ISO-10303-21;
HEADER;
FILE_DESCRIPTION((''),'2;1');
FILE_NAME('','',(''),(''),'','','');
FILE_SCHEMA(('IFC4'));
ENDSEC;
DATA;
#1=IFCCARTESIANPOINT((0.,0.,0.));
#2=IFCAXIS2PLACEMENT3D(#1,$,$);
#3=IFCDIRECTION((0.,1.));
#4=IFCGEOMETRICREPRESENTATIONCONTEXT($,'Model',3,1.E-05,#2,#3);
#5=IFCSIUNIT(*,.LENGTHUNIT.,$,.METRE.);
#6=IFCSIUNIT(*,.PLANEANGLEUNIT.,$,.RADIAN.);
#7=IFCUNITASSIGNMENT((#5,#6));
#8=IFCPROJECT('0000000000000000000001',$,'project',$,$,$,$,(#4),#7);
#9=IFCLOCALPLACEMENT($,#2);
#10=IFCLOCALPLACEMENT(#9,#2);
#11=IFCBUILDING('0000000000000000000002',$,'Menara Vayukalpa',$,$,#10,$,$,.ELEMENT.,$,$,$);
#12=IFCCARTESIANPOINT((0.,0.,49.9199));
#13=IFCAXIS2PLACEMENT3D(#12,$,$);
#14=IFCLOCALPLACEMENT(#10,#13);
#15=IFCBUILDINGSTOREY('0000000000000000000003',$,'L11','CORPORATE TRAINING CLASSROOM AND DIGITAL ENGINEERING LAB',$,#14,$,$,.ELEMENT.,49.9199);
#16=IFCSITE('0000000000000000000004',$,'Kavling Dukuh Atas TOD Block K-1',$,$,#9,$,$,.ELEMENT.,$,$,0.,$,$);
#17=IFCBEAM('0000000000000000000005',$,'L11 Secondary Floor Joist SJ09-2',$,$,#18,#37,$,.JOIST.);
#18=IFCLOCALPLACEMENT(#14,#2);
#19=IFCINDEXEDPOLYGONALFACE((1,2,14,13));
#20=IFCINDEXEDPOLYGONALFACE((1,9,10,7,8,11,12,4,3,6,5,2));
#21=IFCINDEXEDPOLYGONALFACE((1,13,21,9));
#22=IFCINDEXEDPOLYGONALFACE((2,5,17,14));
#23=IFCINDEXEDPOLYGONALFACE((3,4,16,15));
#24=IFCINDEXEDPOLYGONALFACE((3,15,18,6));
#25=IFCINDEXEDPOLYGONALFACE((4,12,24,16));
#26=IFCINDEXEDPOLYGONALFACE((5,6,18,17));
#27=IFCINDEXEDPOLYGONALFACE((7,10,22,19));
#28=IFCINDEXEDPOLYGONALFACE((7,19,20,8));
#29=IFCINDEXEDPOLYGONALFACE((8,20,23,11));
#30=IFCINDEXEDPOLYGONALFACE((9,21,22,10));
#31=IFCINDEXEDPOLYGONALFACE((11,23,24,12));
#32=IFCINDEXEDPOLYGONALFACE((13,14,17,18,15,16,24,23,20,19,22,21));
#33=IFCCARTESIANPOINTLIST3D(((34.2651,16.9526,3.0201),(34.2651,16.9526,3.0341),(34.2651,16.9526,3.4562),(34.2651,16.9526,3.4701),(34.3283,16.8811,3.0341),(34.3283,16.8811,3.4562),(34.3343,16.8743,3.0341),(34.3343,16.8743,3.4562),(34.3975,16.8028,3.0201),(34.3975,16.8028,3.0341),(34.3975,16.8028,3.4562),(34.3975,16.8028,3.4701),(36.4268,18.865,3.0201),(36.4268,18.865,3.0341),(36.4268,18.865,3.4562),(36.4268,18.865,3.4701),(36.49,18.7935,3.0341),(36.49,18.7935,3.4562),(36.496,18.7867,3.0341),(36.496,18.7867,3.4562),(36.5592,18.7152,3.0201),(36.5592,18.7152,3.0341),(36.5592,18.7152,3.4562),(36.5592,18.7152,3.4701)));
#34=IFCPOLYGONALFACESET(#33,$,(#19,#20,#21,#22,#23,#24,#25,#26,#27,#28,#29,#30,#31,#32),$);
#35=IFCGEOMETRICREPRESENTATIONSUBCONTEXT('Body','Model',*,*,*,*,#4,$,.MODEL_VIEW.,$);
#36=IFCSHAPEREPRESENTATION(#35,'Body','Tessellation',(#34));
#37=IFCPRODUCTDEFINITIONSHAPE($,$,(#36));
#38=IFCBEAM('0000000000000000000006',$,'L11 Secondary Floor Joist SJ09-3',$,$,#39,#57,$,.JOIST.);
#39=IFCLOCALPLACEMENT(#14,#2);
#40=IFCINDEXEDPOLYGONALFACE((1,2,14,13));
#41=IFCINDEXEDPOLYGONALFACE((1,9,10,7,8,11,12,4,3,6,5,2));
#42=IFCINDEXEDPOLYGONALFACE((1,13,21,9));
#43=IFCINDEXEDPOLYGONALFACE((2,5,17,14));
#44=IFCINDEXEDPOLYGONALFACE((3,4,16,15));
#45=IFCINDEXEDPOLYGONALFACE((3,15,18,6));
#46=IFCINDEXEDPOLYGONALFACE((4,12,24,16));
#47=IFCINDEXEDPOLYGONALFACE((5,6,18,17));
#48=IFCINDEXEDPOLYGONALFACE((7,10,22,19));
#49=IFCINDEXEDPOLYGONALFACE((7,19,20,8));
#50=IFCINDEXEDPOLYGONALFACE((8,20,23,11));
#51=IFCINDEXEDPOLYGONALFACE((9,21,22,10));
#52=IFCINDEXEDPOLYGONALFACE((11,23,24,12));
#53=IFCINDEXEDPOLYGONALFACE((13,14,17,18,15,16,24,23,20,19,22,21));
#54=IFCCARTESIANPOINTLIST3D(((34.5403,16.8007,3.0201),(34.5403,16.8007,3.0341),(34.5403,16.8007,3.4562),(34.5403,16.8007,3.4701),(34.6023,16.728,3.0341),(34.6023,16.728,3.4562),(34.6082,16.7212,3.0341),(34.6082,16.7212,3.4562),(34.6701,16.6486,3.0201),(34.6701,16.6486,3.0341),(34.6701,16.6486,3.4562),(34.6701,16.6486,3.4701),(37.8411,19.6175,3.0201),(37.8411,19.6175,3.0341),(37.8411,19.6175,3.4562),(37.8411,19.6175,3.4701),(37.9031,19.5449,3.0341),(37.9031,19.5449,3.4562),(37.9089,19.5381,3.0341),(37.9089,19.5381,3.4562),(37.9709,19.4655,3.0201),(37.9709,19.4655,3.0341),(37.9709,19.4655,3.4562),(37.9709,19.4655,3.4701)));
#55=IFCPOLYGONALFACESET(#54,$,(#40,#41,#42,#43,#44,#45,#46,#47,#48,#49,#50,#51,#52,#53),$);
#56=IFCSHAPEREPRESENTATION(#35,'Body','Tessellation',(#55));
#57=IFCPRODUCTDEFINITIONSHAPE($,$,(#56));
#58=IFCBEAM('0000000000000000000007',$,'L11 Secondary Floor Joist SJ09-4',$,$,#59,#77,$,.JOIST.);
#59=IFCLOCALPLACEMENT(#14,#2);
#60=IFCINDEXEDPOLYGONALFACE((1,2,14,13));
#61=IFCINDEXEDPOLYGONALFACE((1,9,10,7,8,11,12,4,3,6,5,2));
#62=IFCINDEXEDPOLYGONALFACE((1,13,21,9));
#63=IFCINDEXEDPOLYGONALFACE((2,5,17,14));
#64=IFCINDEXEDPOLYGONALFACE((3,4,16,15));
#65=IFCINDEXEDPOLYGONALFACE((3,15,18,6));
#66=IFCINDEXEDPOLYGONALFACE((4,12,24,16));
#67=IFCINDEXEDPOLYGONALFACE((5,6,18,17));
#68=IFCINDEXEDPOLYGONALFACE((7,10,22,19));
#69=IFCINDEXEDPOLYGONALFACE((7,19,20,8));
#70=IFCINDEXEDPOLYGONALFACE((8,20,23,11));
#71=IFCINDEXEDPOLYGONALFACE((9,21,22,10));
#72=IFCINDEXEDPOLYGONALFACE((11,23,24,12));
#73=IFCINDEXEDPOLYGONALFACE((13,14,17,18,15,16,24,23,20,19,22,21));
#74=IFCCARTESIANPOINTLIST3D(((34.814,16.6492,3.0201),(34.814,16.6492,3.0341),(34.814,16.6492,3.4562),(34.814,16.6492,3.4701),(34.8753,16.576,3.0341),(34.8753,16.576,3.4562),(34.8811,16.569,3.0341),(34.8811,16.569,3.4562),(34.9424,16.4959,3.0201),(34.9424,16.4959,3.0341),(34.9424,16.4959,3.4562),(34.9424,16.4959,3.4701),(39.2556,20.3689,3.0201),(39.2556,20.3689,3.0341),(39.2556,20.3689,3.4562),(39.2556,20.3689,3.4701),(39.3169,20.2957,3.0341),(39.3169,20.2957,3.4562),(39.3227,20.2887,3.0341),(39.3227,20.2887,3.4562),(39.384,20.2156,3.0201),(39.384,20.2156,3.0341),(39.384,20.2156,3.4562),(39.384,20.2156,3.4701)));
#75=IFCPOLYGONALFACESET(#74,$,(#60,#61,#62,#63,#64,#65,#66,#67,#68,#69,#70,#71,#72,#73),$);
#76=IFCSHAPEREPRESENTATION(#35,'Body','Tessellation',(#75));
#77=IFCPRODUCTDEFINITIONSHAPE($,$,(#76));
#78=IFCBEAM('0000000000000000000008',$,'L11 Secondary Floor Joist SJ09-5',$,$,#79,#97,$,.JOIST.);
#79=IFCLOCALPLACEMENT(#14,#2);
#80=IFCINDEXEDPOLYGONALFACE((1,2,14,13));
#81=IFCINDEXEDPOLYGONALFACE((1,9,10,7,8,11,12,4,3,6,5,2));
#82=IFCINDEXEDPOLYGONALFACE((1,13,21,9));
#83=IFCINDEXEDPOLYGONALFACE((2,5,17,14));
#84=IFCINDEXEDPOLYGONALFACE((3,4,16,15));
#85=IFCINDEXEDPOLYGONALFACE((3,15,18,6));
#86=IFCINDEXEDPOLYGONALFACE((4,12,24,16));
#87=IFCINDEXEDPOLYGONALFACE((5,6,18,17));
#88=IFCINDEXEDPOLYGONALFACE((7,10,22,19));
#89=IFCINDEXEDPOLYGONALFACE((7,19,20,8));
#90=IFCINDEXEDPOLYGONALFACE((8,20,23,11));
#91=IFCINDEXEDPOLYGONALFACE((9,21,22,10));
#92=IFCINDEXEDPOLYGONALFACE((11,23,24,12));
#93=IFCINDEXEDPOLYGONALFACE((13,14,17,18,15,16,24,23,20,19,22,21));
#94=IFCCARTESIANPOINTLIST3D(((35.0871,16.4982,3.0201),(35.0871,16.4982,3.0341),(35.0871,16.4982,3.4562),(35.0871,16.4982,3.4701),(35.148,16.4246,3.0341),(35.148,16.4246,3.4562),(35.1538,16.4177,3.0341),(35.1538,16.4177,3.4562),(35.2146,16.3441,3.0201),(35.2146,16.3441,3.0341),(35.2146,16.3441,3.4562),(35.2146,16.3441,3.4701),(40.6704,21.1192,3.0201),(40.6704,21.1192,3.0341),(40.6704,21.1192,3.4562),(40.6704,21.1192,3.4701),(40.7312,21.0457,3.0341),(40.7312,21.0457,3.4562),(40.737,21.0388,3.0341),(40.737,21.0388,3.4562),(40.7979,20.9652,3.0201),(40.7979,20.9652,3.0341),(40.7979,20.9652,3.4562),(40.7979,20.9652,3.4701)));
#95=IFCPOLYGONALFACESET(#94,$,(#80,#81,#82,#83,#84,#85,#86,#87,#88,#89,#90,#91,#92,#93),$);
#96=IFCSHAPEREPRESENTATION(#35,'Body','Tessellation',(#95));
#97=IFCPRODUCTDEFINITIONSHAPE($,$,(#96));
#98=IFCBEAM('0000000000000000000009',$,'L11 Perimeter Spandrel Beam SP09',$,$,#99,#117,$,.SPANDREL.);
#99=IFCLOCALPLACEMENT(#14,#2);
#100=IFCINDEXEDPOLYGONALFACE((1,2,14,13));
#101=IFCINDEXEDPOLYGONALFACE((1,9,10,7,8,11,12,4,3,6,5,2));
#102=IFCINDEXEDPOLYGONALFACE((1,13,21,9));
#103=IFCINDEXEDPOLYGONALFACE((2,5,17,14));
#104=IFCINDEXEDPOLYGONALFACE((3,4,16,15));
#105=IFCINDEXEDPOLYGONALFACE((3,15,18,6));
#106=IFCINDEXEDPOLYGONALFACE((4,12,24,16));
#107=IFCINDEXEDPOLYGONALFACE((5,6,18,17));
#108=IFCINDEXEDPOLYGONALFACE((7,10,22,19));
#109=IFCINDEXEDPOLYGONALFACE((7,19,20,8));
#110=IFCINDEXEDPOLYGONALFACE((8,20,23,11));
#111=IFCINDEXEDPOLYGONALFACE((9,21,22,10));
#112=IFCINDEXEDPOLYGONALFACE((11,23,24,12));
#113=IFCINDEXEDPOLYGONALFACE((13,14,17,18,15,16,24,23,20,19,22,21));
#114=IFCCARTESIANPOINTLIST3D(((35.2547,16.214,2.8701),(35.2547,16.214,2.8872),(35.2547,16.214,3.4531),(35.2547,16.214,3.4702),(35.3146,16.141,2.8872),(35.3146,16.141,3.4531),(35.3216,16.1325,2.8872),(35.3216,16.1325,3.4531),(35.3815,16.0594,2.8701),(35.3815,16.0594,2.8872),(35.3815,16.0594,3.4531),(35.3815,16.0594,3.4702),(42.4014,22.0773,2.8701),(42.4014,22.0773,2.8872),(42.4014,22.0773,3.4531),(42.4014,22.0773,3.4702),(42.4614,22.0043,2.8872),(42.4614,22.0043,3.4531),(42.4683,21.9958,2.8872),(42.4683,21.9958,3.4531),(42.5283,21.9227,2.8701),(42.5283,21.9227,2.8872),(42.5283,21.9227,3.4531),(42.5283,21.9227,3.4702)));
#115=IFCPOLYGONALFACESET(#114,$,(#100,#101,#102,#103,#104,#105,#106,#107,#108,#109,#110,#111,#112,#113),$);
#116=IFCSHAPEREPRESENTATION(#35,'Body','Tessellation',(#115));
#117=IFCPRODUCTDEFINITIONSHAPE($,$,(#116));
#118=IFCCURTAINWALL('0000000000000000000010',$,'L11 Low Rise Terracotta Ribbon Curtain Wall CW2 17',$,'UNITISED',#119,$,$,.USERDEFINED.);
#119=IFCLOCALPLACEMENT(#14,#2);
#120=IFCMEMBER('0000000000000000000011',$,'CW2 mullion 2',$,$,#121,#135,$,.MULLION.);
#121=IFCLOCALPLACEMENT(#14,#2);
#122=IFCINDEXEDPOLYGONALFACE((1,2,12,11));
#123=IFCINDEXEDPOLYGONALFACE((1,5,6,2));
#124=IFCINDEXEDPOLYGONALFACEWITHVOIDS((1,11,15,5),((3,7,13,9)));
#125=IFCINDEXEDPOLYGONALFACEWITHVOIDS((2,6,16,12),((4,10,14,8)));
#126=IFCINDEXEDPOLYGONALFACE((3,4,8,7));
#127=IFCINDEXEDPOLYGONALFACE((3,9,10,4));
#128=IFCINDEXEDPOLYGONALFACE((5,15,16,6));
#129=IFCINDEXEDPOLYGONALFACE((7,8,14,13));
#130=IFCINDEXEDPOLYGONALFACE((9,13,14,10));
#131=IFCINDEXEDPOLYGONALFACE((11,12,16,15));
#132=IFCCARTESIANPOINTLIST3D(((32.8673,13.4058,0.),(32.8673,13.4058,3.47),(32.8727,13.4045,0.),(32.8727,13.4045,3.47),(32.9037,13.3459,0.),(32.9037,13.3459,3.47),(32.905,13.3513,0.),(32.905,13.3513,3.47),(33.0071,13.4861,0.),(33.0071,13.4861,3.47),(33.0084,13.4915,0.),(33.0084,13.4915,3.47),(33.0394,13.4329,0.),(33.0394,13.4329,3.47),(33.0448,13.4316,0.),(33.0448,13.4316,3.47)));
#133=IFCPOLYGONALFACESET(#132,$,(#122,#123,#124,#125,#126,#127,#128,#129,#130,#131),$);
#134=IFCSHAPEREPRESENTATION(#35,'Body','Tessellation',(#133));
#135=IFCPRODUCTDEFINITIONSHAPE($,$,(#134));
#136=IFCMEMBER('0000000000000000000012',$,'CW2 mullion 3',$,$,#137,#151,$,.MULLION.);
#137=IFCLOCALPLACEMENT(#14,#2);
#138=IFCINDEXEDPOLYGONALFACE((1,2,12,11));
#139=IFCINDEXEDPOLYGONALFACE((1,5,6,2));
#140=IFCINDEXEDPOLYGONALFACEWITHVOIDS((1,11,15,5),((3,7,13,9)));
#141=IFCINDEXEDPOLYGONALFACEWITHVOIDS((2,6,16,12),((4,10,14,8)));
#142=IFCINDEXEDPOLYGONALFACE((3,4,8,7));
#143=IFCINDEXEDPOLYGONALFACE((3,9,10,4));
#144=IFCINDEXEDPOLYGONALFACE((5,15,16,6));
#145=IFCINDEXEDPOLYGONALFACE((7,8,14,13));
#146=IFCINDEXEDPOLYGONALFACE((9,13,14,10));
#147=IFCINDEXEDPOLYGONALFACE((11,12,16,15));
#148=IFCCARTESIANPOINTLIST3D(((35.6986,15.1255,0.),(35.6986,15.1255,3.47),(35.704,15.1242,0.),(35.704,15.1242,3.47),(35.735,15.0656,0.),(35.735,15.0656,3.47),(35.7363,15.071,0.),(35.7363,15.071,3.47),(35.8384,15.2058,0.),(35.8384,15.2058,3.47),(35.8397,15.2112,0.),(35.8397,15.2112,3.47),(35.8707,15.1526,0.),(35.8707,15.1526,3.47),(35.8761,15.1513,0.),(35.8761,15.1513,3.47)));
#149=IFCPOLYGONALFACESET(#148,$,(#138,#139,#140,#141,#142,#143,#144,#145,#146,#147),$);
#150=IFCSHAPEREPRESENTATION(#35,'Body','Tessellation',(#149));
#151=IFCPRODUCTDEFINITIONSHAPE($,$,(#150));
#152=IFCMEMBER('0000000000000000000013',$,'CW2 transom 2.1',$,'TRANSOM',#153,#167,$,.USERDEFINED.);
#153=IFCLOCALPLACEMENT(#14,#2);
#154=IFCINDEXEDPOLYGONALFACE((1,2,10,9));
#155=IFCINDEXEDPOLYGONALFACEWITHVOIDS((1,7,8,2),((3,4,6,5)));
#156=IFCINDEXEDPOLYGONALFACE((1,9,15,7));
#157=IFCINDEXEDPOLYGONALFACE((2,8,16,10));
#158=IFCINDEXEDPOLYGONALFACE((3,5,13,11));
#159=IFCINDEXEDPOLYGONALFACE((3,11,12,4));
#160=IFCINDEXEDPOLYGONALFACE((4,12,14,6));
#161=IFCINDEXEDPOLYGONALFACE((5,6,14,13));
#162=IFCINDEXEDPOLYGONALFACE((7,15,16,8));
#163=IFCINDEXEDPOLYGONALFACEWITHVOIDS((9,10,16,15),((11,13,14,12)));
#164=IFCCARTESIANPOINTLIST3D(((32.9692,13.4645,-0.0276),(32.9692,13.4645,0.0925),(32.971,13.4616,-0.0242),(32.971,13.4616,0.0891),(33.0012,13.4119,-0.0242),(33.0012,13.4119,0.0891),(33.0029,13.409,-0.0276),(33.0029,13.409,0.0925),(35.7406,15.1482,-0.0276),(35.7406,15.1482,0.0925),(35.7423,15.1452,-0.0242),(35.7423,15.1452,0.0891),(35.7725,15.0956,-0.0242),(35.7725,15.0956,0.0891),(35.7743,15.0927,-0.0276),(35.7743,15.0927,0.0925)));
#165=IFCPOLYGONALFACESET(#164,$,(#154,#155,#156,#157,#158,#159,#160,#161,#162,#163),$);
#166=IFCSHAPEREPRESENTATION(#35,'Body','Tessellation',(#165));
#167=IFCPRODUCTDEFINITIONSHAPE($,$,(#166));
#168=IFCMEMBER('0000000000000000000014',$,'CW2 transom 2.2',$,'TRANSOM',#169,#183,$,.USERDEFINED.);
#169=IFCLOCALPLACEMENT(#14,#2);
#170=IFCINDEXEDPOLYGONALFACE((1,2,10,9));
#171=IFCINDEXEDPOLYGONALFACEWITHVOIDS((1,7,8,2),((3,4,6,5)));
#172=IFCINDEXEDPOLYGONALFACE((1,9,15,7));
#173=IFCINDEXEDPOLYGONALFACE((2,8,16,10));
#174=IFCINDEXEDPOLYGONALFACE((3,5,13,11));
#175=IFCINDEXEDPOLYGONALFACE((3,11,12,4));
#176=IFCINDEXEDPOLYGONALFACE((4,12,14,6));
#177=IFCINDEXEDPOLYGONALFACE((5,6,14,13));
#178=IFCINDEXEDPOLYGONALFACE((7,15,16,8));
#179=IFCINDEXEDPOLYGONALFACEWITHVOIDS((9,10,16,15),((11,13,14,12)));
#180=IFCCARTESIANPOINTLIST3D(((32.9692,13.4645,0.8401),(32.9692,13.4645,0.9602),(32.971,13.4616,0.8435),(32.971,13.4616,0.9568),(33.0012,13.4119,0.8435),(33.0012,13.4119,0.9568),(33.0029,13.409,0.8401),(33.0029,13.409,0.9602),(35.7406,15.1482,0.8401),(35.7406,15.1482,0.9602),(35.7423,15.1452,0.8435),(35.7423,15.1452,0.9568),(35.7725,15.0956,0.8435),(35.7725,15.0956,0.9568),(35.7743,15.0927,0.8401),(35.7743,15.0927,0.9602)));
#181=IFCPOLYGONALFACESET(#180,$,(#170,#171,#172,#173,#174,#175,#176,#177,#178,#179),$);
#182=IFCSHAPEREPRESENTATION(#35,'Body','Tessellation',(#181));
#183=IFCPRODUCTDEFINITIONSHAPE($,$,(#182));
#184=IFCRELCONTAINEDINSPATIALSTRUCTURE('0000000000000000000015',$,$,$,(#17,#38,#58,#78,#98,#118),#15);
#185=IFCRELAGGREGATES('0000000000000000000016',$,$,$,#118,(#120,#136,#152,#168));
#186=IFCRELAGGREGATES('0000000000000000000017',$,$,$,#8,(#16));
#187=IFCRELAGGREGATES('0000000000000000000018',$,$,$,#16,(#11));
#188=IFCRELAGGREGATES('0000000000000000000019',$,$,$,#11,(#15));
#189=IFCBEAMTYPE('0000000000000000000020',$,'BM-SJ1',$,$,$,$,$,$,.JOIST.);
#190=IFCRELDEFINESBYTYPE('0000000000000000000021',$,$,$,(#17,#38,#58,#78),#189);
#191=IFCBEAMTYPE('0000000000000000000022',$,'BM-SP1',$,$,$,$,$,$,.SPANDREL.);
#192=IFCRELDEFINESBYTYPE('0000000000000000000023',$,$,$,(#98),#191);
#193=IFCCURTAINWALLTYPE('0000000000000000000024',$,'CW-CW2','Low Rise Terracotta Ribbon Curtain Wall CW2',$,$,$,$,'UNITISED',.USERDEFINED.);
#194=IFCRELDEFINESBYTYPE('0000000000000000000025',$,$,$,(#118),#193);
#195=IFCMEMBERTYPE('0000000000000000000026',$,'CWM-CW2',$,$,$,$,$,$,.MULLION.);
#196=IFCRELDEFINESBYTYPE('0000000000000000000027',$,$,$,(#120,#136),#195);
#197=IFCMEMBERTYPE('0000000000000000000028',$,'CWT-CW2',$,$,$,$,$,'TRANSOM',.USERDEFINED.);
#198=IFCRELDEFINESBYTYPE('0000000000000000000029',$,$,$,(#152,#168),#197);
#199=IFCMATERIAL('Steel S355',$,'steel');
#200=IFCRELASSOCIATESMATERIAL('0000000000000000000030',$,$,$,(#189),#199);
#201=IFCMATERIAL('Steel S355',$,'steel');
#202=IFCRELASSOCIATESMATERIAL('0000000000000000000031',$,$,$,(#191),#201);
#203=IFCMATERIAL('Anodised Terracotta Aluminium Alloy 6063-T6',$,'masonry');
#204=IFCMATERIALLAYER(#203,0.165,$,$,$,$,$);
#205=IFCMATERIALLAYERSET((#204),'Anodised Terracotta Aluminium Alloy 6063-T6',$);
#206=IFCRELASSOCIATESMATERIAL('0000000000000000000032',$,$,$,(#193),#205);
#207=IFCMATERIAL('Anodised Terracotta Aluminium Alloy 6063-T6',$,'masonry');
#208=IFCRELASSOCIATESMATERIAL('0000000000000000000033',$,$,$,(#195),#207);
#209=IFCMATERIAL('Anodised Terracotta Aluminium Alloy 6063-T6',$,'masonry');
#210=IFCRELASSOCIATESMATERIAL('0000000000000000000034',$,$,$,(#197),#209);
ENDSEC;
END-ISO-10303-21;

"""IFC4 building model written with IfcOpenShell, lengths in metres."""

from ifc_helpers import new_model, si_unit, direction, frame, origin, origin_2d, place, context, subcontext, project, spatial, hollow_rectangle, i_section, extrude, material, layer, layer_set, material_profile, profile_set, type_object, element, aggregate, save


model = new_model("IFC4")

# Units and contexts
model_context = context("Model", 3, precision=1e-05, world=origin(), true_north=direction((0.0, 1.0)))
body_context = subcontext(model_context, "Body", "Model", "MODEL_VIEW")
ifc_project = project(units=[si_unit("LENGTHUNIT", "METRE"), si_unit("PLANEANGLEUNIT", "RADIAN")], contexts=[model_context])

# Site, building, storey
site_placement = place(None, origin())
site = spatial("IfcSite", under=ifc_project, at=site_placement, Name="Kavling Dukuh Atas TOD Block K-1", CompositionType="ELEMENT", RefElevation=0.0)
building_placement = place(site_placement, origin())
building = spatial("IfcBuilding", under=site, at=building_placement, Name="Menara Vayukalpa", CompositionType="ELEMENT")
storey_placement = place(building_placement, frame((0.0, 0.0, 49.9199)))
storey = spatial("IfcBuildingStorey", under=building, at=storey_placement, Name="L11", Description="CORPORATE TRAINING CLASSROOM AND DIGITAL ENGINEERING LAB", CompositionType="ELEMENT", Elevation=49.9199)

# Beams
ifc_material_1 = material(Name="Steel S355", Category="steel")
ifc_material_profile_1 = material_profile(ifc_material_1, i_section(OverallWidth=0.2, OverallDepth=0.45, WebThickness=0.009, FlangeThickness=0.0139, at=origin_2d()), Name="WF 450x200x9x14")
ifc_profile_set_1 = profile_set([ifc_material_profile_1], Name="Steel S355")
beam_type_1 = type_object("IfcBeamType", Name="BM-SJ1", PredefinedType="JOIST", material=ifc_profile_set_1)
beam_1_placement = place(storey_placement, frame((34.3313, 16.8777, 3.2451), z_axis=(0.748971, 0.662603, 0.0), x_axis=(-0.662603, 0.748971, 0.0)))
element("IfcBeam", 1, at=beam_1_placement, inside=storey, type_object=beam_type_1, Name="L11 Secondary Floor Joist SJ09-2", PredefinedType="JOIST", context=body_context, shape_type="SweptSolid", body=[
    extrude(i_section(OverallWidth=0.2, OverallDepth=0.45, WebThickness=0.009, FlangeThickness=0.0139, at=origin_2d()), origin(), (0.0, 0.0, 1.0), 2.8862),
])
beam_2_placement = place(storey_placement, frame((34.6052, 16.7246, 3.2451), z_axis=(0.760661, 0.64915, 0.0), x_axis=(-0.64915, 0.760661, 0.0)))
element("IfcBeam", 2, at=beam_2_placement, inside=storey, type_object=beam_type_1, Name="L11 Secondary Floor Joist SJ09-3", PredefinedType="JOIST", context=body_context, shape_type="SweptSolid", body=[
    extrude(i_section(OverallWidth=0.2, OverallDepth=0.45, WebThickness=0.009, FlangeThickness=0.0139, at=origin_2d()), origin(), (0.0, 0.0, 1.0), 4.3394),
])
beam_3_placement = place(storey_placement, frame((34.8782, 16.5725, 3.2451), z_axis=(0.766661, 0.642052, 0.0), x_axis=(-0.642052, 0.766661, 0.0)))
element("IfcBeam", 3, at=beam_3_placement, inside=storey, type_object=beam_type_1, Name="L11 Secondary Floor Joist SJ09-4", PredefinedType="JOIST", context=body_context, shape_type="SweptSolid", body=[
    extrude(i_section(OverallWidth=0.2, OverallDepth=0.45, WebThickness=0.009, FlangeThickness=0.0139, at=origin_2d()), origin(), (0.0, 0.0, 1.0), 5.7935),
])
beam_4_placement = place(storey_placement, frame((35.1509, 16.4211, 3.2451), z_axis=(0.770362, 0.637606, 0.0), x_axis=(-0.637606, 0.770362, 0.0)))
element("IfcBeam", 4, at=beam_4_placement, inside=storey, type_object=beam_type_1, Name="L11 Secondary Floor Joist SJ09-5", PredefinedType="JOIST", context=body_context, shape_type="SweptSolid", body=[
    extrude(i_section(OverallWidth=0.2, OverallDepth=0.45, WebThickness=0.009, FlangeThickness=0.0139, at=origin_2d()), origin(), (0.0, 0.0, 1.0), 7.2476),
])
ifc_material_2 = material(Name="Steel S355", Category="steel")
ifc_material_profile_2 = material_profile(ifc_material_2, i_section(OverallWidth=0.2, OverallDepth=0.6001, WebThickness=0.011, FlangeThickness=0.0171, at=origin_2d()), Name="WF 600x200x11x17")
ifc_profile_set_2 = profile_set([ifc_material_profile_2], Name="Steel S355")
beam_type_2 = type_object("IfcBeamType", Name="BM-SP1", PredefinedType="SPANDREL", material=ifc_profile_set_2)
beam_5_placement = place(storey_placement, frame((35.3181, 16.1367, 3.1702), z_axis=(0.773111, 0.634271, 0.0), x_axis=(-0.634271, 0.773111, 0.0)))
element("IfcBeam", 5, at=beam_5_placement, inside=storey, type_object=beam_type_2, Name="L11 Perimeter Spandrel Beam SP09", PredefinedType="SPANDREL", context=body_context, shape_type="SweptSolid", body=[
    extrude(i_section(OverallWidth=0.2, OverallDepth=0.6001, WebThickness=0.011, FlangeThickness=0.0171, at=origin_2d()), origin(), (0.0, 0.0, 1.0), 9.2441),
])

# Curtain wall, members
ifc_material_3 = material(Name="Anodised Terracotta Aluminium Alloy 6063-T6", Category="masonry")
ifc_layer_1 = layer(ifc_material_3, 0.165)
ifc_layer_set_1 = layer_set([ifc_layer_1], Name="Anodised Terracotta Aluminium Alloy 6063-T6")
curtain_wall_type = type_object("IfcCurtainWallType", Name="CW-CW2", Description="Low Rise Terracotta Ribbon Curtain Wall CW2", ElementType="UNITISED", PredefinedType="USERDEFINED", material=ifc_layer_set_1)
curtain_wall_placement = place(storey_placement, origin())
curtain_wall = element("IfcCurtainWall", 6, at=curtain_wall_placement, inside=storey, type_object=curtain_wall_type, Name="L11 Low Rise Terracotta Ribbon Curtain Wall CW2 17", ObjectType="UNITISED", PredefinedType="USERDEFINED")
ifc_material_4 = material(Name="Anodised Terracotta Aluminium Alloy 6063-T6", Category="masonry")
ifc_material_profile_3 = material_profile(ifc_material_4, hollow_rectangle(XDim=0.0701, YDim=0.165, WallThickness=0.0039, at=origin_2d()), Name="ALU 70x165x4")
ifc_profile_set_3 = profile_set([ifc_material_profile_3], Name="Anodised Terracotta Aluminium Alloy 6063-T6")
member_type_1 = type_object("IfcMemberType", Name="CWM-CW2", PredefinedType="MULLION", material=ifc_profile_set_3)
member_1_placement = place(storey_placement, frame((32.9561, 13.4187, 0.0), z_axis=(0.0, 0.0, 1.0), x_axis=(-0.519182, 0.854664, 0.0)))
member_1 = element("IfcMember", 7, at=member_1_placement, type_object=member_type_1, Name="CW2 mullion 2", PredefinedType="MULLION", context=body_context, shape_type="SweptSolid", body=[
    extrude(hollow_rectangle(XDim=0.0701, YDim=0.165, WallThickness=0.0039, at=origin_2d()), origin(), (0.0, 0.0, 1.0), 3.47),
])
member_2_placement = place(storey_placement, frame((35.7874, 15.1384, 0.0), z_axis=(0.0, 0.0, 1.0), x_axis=(-0.519182, 0.854664, 0.0)))
member_2 = element("IfcMember", 8, at=member_2_placement, type_object=member_type_1, Name="CW2 mullion 3", PredefinedType="MULLION", context=body_context, shape_type="SweptSolid", body=[
    extrude(hollow_rectangle(XDim=0.0701, YDim=0.165, WallThickness=0.0039, at=origin_2d()), origin(), (0.0, 0.0, 1.0), 3.47),
])
ifc_material_5 = material(Name="Anodised Terracotta Aluminium Alloy 6063-T6", Category="masonry")
ifc_material_profile_4 = material_profile(ifc_material_5, hollow_rectangle(XDim=0.0649, YDim=0.1201, WallThickness=0.0034, at=origin_2d()), Name="ALU 65x120x3.5")
ifc_profile_set_4 = profile_set([ifc_material_profile_4], Name="Anodised Terracotta Aluminium Alloy 6063-T6")
member_type_2 = type_object("IfcMemberType", Name="CWT-CW2", ElementType="TRANSOM", PredefinedType="USERDEFINED", material=ifc_profile_set_4)
member_3_placement = place(storey_placement, frame((32.9861, 13.4368, 0.0325), z_axis=(0.854643, 0.519216, 0.0), x_axis=(-0.519216, 0.854643, 0.0)))
member_3 = element("IfcMember", 9, at=member_3_placement, type_object=member_type_2, Name="CW2 transom 2.1", ObjectType="TRANSOM", PredefinedType="USERDEFINED", context=body_context, shape_type="SweptSolid", body=[
    extrude(hollow_rectangle(XDim=0.0649, YDim=0.1201, WallThickness=0.0034, at=origin_2d()), origin(), (0.0, 0.0, 1.0), 3.2427),
])
member_4_placement = place(storey_placement, frame((32.9861, 13.4368, 0.9001), z_axis=(0.854643, 0.519216, 0.0), x_axis=(-0.519216, 0.854643, 0.0)))
member_4 = element("IfcMember", 10, at=member_4_placement, type_object=member_type_2, Name="CW2 transom 2.2", ObjectType="TRANSOM", PredefinedType="USERDEFINED", context=body_context, shape_type="SweptSolid", body=[
    extrude(hollow_rectangle(XDim=0.0649, YDim=0.1201, WallThickness=0.0034, at=origin_2d()), origin(), (0.0, 0.0, 1.0), 3.2427),
])
aggregate(curtain_wall, [member_1, member_2, member_3, member_4])

save(model, "model.ifc")
